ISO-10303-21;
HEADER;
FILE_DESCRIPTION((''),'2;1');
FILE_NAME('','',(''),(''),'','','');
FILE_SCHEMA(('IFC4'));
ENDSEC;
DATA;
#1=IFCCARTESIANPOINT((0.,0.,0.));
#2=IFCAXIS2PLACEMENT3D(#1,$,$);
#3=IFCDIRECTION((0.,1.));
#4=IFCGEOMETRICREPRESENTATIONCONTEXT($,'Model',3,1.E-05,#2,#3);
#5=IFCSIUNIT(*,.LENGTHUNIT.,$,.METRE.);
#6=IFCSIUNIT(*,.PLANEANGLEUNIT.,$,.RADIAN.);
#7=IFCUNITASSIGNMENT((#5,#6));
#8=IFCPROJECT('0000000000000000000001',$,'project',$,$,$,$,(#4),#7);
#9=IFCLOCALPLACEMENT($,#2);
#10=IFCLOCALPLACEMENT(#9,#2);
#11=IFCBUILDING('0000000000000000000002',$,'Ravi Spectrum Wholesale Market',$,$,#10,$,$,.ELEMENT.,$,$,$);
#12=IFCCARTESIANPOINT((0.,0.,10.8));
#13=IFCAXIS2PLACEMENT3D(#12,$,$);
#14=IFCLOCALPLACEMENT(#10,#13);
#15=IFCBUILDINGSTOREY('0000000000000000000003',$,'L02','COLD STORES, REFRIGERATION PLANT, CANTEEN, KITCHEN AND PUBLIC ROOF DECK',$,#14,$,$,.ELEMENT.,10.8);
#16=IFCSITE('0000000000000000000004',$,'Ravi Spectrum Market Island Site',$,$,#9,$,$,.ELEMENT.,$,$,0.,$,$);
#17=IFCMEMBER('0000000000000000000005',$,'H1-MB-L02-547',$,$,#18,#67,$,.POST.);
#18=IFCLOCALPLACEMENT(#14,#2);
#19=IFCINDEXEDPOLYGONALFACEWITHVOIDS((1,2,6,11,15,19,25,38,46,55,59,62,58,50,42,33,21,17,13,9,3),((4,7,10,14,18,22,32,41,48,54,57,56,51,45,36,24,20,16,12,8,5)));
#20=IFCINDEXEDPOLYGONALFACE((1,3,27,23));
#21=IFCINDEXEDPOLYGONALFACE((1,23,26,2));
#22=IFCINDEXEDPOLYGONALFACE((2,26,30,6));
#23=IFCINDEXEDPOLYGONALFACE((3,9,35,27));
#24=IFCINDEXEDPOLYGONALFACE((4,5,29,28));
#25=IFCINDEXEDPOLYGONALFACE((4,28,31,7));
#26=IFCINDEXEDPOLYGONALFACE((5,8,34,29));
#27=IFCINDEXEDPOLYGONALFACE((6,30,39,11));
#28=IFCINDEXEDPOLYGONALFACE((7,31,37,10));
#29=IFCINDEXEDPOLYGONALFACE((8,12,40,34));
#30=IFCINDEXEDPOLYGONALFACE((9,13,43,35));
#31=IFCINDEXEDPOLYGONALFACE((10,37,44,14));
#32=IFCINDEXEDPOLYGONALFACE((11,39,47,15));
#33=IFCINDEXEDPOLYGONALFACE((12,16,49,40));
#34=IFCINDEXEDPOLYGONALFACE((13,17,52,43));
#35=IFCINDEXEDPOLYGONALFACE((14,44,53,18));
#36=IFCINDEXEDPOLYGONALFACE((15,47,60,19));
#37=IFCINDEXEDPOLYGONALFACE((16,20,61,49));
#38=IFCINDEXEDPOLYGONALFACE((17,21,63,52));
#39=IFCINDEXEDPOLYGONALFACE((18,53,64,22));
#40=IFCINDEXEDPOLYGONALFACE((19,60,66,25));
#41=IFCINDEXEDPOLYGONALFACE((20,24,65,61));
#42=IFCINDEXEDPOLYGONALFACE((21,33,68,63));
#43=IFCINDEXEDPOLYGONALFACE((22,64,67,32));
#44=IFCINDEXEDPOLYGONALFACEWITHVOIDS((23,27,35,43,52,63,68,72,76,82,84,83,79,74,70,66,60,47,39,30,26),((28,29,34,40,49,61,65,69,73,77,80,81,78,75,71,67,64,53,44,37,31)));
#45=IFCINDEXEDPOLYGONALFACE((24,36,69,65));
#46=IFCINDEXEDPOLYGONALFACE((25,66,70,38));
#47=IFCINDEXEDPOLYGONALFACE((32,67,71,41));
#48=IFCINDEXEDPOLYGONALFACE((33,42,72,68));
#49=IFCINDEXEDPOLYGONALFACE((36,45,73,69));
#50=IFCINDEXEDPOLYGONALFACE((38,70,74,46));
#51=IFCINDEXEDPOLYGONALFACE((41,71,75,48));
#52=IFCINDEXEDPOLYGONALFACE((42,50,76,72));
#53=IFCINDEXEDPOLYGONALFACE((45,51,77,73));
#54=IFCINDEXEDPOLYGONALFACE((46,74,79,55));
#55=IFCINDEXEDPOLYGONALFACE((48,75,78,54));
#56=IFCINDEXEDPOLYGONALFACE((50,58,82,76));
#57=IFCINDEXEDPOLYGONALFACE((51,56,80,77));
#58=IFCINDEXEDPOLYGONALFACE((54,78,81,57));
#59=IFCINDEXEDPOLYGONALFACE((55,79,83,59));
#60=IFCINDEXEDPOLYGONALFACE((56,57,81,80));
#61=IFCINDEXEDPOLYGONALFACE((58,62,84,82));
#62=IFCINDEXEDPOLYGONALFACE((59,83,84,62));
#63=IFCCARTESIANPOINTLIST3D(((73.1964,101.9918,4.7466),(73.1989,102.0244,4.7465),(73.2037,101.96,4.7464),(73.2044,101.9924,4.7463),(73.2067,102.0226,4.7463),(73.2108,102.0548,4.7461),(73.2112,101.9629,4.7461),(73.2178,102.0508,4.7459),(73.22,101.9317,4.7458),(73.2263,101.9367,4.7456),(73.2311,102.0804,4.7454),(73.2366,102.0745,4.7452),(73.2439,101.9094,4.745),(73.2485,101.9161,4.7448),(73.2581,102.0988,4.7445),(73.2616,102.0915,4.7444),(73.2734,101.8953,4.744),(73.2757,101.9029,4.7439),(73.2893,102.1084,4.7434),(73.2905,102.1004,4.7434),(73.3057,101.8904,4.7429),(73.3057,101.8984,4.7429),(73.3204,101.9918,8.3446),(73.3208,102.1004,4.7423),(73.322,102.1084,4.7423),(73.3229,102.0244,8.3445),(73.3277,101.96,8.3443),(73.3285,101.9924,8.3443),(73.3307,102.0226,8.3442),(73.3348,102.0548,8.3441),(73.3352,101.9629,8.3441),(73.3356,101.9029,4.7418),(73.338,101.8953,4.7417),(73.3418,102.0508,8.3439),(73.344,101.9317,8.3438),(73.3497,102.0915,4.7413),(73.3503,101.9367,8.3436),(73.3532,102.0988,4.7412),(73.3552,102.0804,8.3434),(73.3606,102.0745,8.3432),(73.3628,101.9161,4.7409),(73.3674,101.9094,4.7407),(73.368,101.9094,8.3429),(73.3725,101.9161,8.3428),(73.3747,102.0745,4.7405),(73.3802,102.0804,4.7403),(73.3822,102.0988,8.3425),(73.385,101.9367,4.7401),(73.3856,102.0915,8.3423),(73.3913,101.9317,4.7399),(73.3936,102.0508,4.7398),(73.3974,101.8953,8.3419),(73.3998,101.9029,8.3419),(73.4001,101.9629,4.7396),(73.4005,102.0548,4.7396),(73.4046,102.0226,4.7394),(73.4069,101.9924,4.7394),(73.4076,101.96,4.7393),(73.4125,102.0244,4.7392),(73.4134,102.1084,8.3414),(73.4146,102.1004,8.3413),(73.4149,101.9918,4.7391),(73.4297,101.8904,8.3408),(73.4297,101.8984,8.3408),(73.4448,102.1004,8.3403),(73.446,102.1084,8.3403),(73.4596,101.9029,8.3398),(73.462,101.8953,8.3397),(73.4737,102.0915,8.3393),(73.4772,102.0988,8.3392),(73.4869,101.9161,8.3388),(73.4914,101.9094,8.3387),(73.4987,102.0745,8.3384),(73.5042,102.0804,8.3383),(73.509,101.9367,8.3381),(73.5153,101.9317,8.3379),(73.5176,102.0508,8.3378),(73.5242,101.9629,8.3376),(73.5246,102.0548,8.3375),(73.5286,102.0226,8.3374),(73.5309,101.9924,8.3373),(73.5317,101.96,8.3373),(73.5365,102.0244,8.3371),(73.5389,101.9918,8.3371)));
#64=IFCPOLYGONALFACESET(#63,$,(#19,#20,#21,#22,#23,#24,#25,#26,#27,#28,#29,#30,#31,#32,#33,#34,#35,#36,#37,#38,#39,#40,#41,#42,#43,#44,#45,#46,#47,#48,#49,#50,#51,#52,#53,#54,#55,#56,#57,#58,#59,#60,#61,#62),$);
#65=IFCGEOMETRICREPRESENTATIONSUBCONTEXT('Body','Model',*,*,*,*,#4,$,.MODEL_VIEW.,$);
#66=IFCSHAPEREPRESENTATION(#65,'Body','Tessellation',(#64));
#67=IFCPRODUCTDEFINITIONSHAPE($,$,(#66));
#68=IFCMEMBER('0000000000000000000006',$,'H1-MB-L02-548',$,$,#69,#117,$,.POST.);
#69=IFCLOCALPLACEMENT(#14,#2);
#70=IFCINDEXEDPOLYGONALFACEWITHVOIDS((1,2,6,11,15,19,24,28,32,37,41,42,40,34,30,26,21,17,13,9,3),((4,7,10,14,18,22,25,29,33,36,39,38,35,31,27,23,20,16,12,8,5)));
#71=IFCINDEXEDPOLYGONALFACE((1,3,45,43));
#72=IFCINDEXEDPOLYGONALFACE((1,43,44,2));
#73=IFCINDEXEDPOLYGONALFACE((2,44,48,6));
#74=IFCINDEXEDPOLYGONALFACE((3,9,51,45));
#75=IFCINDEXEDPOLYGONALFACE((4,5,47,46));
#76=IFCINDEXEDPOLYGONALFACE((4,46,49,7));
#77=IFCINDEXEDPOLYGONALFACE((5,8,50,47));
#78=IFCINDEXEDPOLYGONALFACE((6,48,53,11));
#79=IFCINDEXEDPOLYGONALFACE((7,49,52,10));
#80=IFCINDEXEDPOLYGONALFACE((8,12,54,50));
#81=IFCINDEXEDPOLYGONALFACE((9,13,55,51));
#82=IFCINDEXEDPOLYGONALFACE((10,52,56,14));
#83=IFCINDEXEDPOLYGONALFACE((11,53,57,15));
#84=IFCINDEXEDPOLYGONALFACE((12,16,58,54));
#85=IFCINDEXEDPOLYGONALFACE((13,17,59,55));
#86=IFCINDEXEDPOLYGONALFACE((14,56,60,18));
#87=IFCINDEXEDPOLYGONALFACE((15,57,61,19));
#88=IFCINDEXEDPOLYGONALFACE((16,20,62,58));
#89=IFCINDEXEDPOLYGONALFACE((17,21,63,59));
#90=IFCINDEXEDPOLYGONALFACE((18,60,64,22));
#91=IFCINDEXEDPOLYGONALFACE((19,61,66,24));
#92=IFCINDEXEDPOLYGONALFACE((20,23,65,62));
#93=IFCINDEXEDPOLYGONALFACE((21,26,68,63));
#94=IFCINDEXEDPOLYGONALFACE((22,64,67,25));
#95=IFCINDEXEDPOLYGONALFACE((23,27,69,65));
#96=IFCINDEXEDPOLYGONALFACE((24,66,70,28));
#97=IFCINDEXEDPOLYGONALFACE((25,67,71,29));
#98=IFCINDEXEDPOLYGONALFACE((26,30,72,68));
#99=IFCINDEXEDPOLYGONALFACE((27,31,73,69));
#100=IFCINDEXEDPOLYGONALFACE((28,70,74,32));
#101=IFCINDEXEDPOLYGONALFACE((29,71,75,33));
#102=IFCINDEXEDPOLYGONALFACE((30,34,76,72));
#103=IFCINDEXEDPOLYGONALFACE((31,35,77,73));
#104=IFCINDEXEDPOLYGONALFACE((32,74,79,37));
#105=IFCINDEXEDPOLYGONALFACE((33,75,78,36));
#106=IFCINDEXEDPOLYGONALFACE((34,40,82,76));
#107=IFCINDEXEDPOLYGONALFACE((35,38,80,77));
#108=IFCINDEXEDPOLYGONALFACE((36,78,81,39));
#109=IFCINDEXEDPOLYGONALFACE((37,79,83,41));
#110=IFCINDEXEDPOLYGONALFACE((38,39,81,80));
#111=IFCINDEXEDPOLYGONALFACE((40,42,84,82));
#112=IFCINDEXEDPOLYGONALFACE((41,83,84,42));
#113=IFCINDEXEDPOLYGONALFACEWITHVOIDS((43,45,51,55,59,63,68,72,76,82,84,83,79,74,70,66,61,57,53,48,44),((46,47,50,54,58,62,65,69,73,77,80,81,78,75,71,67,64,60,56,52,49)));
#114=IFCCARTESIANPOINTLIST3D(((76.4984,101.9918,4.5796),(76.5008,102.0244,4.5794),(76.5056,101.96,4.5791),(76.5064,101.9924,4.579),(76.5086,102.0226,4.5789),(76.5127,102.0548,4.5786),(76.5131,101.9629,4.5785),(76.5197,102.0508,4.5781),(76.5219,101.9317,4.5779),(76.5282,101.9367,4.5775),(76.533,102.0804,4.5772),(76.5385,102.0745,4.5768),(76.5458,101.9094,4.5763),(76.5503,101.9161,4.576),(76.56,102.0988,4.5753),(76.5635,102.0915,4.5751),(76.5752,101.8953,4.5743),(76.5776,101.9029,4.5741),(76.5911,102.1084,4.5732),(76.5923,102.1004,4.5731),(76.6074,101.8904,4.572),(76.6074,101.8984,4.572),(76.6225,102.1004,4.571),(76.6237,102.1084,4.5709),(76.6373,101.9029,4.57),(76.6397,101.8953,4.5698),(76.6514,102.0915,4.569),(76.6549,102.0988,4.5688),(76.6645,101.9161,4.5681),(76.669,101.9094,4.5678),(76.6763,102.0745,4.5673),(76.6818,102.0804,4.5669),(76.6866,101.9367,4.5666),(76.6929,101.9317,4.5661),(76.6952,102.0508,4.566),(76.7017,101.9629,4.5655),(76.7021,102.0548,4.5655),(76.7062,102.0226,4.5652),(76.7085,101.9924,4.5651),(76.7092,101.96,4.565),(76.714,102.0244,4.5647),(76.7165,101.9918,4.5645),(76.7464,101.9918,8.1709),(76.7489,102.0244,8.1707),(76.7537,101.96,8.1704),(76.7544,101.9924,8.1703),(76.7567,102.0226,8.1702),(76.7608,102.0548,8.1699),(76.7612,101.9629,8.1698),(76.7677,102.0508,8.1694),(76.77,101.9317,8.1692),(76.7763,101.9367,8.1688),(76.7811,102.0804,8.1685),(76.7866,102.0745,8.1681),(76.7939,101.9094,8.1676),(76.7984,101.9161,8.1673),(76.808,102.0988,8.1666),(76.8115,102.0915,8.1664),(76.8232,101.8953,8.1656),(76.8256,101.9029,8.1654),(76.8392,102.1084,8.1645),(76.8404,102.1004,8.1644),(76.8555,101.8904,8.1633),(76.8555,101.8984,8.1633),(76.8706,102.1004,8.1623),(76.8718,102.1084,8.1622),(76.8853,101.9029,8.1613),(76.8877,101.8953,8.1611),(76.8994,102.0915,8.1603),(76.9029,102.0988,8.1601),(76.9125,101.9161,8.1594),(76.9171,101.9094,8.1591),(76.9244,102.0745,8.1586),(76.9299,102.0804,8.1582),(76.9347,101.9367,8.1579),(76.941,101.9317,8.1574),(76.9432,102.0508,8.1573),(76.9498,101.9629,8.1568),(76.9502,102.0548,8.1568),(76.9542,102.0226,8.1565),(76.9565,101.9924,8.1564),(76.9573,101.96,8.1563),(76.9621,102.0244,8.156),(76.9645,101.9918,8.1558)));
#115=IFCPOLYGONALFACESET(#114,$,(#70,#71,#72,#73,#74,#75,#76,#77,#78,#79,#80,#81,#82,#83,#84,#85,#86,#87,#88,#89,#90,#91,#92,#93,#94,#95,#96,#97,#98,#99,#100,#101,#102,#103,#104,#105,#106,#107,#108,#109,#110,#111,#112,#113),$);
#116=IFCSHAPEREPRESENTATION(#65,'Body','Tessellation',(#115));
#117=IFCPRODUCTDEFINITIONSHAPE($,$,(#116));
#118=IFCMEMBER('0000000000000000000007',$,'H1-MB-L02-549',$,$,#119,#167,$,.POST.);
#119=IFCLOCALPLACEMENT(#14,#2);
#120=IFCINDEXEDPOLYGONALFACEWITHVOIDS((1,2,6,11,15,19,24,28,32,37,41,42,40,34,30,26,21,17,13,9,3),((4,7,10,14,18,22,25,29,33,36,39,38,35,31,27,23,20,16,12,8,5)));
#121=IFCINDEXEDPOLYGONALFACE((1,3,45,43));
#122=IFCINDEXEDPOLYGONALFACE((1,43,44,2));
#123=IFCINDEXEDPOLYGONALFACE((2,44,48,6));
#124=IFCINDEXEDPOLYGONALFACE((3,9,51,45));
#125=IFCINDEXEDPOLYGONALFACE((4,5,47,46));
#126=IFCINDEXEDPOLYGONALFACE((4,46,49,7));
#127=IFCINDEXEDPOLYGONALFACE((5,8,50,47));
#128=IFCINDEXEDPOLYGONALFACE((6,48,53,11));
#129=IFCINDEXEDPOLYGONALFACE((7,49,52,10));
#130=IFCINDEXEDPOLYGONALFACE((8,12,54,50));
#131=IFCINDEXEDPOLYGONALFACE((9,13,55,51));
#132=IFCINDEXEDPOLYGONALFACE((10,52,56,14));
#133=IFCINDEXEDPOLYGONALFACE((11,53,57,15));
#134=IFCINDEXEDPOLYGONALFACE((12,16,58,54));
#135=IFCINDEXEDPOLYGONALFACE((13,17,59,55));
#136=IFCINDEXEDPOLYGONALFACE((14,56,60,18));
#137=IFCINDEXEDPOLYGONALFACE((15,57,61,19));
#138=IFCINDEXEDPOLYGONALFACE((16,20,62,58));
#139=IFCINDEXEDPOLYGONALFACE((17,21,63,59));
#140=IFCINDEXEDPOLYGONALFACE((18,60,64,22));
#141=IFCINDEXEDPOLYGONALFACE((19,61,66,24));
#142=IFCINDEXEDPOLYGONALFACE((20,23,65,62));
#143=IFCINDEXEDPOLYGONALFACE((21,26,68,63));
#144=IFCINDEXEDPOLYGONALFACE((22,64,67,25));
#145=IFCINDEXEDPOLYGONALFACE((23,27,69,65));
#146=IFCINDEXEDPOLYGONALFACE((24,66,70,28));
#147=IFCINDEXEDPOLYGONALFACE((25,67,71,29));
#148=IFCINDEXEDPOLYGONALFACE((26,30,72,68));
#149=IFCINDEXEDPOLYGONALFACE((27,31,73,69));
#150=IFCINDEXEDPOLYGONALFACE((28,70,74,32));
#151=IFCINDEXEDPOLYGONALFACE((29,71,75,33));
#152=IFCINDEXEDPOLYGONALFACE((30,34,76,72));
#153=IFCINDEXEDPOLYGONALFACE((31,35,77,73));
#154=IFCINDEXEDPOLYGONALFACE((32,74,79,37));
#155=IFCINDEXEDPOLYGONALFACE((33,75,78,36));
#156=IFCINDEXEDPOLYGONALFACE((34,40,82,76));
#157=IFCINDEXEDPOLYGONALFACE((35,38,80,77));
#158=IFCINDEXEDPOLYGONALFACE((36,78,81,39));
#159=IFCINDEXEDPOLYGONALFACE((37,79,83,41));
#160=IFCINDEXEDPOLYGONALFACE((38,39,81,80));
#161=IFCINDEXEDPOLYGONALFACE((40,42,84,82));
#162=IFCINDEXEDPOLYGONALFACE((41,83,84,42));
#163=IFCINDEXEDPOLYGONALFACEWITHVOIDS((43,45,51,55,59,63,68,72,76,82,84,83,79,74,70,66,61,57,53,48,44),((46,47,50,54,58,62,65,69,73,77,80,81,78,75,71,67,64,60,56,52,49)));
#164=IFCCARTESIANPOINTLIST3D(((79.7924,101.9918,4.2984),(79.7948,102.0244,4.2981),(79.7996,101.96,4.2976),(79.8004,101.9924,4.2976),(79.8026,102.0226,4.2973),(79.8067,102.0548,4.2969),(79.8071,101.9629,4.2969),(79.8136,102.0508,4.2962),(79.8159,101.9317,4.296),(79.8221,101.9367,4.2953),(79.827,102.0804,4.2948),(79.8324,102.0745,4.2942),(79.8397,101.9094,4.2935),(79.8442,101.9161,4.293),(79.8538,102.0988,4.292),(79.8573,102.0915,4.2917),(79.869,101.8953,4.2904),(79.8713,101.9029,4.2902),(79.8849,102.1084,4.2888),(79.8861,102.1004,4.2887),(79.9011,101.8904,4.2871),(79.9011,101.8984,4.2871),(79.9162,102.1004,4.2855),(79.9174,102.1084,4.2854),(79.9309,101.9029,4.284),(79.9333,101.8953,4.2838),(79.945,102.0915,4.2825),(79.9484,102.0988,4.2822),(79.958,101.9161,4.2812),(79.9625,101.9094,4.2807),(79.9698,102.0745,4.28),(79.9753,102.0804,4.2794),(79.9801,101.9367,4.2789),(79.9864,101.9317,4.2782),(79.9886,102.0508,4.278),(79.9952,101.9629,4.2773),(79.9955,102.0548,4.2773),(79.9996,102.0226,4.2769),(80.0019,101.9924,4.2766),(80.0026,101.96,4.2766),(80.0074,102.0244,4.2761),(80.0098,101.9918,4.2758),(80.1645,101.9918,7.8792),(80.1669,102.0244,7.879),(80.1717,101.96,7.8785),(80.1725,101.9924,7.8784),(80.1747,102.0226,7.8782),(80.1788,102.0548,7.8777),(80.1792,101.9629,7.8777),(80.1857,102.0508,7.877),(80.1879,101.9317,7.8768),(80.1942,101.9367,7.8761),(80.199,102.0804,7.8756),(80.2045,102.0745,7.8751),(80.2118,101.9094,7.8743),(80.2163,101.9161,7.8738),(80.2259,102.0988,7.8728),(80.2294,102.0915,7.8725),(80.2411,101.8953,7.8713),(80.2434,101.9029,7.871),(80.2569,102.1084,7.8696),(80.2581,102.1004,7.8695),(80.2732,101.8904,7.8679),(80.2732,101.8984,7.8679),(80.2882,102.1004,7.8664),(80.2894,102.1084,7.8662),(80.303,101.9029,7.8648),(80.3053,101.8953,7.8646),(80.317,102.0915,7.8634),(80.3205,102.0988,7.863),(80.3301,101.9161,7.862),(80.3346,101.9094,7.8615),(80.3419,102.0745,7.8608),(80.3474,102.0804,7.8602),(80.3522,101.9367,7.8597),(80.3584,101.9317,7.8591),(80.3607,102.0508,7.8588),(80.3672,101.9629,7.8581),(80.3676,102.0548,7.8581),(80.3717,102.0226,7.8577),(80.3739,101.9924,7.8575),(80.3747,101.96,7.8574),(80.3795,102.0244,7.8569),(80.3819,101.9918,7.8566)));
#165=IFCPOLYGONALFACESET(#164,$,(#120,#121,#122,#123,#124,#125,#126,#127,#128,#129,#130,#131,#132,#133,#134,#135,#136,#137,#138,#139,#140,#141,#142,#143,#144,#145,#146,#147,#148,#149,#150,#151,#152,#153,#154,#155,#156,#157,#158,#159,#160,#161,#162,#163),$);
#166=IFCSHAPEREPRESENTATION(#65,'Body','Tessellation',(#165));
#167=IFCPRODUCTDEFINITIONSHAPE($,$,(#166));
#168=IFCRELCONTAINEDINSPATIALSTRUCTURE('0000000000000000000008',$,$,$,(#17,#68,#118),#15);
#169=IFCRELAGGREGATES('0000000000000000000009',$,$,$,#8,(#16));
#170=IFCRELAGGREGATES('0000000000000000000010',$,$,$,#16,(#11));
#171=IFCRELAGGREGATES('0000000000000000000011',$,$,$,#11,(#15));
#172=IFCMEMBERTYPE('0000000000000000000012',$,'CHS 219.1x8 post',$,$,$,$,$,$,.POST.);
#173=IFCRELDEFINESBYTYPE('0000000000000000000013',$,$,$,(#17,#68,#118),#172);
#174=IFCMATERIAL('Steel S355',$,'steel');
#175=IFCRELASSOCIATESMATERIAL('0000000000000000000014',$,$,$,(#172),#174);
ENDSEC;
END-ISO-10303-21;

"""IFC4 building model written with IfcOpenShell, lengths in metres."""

from ifc_helpers import new_model, si_unit, direction, frame, origin, origin_2d, place, context, subcontext, project, spatial, hollow_circle, extrude, material, material_profile, profile_set, type_object, element, save


model = new_model("IFC4")

# Units and contexts
model_context = context("Model", 3, precision=1e-05, world=origin(), true_north=direction((0.0, 1.0)))
body_context = subcontext(model_context, "Body", "Model", "MODEL_VIEW")
ifc_project = project(units=[si_unit("LENGTHUNIT", "METRE"), si_unit("PLANEANGLEUNIT", "RADIAN")], contexts=[model_context])

# Site, building, storey
site_placement = place(None, origin())
site = spatial("IfcSite", under=ifc_project, at=site_placement, Name="Ravi Spectrum Market Island Site", CompositionType="ELEMENT", RefElevation=0.0)
building_placement = place(site_placement, origin())
building = spatial("IfcBuilding", under=site, at=building_placement, Name="Ravi Spectrum Wholesale Market", CompositionType="ELEMENT")
storey_placement = place(building_placement, frame((0.0, 0.0, 10.8)))
storey = spatial("IfcBuildingStorey", under=building, at=storey_placement, Name="L02", Description="COLD STORES, REFRIGERATION PLANT, CANTEEN, KITCHEN AND PUBLIC ROOF DECK", CompositionType="ELEMENT", Elevation=10.8)

# Members
ifc_material_1 = material(Name="Steel S355", Category="steel")
ifc_material_profile_1 = material_profile(ifc_material_1, hollow_circle(Radius=0.1096, WallThickness=0.0081, at=origin_2d()))
ifc_profile_set_1 = profile_set([ifc_material_profile_1], Name="Steel S355")
member_type_1 = type_object("IfcMemberType", Name="CHS 219.1x8 post", PredefinedType="POST", material=ifc_profile_set_1)
member_1_placement = place(storey_placement, frame((73.4297, 102.0, 8.3408), z_axis=(-0.034451, 0.0, -0.999406), x_axis=(0.0, -1.0, 0.0)))
element("IfcMember", 1, at=member_1_placement, inside=storey, type_object=member_type_1, Name="H1-MB-L02-547", PredefinedType="POST", context=body_context, shape_type="SweptSolid", body=[
    extrude(hollow_circle(Radius=0.1096, WallThickness=0.0081, at=origin_2d()), origin(), (0.0, 0.0, 1.0), 3.6001),
])
member_2_placement = place(storey_placement, frame((76.8555, 102.0, 8.1633), z_axis=(-0.068905, 0.0, -0.997623), x_axis=(0.0, -1.0, 0.0)))
element("IfcMember", 2, at=member_2_placement, inside=storey, type_object=member_type_1, Name="H1-MB-L02-548", PredefinedType="POST", context=body_context, shape_type="SweptSolid", body=[
    extrude(hollow_circle(Radius=0.1096, WallThickness=0.0081, at=origin_2d()), origin(), (0.0, 0.0, 1.0), 3.5999),
])
member_3_placement = place(storey_placement, frame((80.2732, 102.0, 7.8679), z_axis=(-0.10335, 0.0, -0.994645), x_axis=(0.0, -1.0, 0.0)))
element("IfcMember", 3, at=member_3_placement, inside=storey, type_object=member_type_1, Name="H1-MB-L02-549", PredefinedType="POST", context=body_context, shape_type="SweptSolid", body=[
    extrude(hollow_circle(Radius=0.1096, WallThickness=0.0081, at=origin_2d()), origin(), (0.0, 0.0, 1.0), 3.6001),
])

save(model, "model.ifc")
